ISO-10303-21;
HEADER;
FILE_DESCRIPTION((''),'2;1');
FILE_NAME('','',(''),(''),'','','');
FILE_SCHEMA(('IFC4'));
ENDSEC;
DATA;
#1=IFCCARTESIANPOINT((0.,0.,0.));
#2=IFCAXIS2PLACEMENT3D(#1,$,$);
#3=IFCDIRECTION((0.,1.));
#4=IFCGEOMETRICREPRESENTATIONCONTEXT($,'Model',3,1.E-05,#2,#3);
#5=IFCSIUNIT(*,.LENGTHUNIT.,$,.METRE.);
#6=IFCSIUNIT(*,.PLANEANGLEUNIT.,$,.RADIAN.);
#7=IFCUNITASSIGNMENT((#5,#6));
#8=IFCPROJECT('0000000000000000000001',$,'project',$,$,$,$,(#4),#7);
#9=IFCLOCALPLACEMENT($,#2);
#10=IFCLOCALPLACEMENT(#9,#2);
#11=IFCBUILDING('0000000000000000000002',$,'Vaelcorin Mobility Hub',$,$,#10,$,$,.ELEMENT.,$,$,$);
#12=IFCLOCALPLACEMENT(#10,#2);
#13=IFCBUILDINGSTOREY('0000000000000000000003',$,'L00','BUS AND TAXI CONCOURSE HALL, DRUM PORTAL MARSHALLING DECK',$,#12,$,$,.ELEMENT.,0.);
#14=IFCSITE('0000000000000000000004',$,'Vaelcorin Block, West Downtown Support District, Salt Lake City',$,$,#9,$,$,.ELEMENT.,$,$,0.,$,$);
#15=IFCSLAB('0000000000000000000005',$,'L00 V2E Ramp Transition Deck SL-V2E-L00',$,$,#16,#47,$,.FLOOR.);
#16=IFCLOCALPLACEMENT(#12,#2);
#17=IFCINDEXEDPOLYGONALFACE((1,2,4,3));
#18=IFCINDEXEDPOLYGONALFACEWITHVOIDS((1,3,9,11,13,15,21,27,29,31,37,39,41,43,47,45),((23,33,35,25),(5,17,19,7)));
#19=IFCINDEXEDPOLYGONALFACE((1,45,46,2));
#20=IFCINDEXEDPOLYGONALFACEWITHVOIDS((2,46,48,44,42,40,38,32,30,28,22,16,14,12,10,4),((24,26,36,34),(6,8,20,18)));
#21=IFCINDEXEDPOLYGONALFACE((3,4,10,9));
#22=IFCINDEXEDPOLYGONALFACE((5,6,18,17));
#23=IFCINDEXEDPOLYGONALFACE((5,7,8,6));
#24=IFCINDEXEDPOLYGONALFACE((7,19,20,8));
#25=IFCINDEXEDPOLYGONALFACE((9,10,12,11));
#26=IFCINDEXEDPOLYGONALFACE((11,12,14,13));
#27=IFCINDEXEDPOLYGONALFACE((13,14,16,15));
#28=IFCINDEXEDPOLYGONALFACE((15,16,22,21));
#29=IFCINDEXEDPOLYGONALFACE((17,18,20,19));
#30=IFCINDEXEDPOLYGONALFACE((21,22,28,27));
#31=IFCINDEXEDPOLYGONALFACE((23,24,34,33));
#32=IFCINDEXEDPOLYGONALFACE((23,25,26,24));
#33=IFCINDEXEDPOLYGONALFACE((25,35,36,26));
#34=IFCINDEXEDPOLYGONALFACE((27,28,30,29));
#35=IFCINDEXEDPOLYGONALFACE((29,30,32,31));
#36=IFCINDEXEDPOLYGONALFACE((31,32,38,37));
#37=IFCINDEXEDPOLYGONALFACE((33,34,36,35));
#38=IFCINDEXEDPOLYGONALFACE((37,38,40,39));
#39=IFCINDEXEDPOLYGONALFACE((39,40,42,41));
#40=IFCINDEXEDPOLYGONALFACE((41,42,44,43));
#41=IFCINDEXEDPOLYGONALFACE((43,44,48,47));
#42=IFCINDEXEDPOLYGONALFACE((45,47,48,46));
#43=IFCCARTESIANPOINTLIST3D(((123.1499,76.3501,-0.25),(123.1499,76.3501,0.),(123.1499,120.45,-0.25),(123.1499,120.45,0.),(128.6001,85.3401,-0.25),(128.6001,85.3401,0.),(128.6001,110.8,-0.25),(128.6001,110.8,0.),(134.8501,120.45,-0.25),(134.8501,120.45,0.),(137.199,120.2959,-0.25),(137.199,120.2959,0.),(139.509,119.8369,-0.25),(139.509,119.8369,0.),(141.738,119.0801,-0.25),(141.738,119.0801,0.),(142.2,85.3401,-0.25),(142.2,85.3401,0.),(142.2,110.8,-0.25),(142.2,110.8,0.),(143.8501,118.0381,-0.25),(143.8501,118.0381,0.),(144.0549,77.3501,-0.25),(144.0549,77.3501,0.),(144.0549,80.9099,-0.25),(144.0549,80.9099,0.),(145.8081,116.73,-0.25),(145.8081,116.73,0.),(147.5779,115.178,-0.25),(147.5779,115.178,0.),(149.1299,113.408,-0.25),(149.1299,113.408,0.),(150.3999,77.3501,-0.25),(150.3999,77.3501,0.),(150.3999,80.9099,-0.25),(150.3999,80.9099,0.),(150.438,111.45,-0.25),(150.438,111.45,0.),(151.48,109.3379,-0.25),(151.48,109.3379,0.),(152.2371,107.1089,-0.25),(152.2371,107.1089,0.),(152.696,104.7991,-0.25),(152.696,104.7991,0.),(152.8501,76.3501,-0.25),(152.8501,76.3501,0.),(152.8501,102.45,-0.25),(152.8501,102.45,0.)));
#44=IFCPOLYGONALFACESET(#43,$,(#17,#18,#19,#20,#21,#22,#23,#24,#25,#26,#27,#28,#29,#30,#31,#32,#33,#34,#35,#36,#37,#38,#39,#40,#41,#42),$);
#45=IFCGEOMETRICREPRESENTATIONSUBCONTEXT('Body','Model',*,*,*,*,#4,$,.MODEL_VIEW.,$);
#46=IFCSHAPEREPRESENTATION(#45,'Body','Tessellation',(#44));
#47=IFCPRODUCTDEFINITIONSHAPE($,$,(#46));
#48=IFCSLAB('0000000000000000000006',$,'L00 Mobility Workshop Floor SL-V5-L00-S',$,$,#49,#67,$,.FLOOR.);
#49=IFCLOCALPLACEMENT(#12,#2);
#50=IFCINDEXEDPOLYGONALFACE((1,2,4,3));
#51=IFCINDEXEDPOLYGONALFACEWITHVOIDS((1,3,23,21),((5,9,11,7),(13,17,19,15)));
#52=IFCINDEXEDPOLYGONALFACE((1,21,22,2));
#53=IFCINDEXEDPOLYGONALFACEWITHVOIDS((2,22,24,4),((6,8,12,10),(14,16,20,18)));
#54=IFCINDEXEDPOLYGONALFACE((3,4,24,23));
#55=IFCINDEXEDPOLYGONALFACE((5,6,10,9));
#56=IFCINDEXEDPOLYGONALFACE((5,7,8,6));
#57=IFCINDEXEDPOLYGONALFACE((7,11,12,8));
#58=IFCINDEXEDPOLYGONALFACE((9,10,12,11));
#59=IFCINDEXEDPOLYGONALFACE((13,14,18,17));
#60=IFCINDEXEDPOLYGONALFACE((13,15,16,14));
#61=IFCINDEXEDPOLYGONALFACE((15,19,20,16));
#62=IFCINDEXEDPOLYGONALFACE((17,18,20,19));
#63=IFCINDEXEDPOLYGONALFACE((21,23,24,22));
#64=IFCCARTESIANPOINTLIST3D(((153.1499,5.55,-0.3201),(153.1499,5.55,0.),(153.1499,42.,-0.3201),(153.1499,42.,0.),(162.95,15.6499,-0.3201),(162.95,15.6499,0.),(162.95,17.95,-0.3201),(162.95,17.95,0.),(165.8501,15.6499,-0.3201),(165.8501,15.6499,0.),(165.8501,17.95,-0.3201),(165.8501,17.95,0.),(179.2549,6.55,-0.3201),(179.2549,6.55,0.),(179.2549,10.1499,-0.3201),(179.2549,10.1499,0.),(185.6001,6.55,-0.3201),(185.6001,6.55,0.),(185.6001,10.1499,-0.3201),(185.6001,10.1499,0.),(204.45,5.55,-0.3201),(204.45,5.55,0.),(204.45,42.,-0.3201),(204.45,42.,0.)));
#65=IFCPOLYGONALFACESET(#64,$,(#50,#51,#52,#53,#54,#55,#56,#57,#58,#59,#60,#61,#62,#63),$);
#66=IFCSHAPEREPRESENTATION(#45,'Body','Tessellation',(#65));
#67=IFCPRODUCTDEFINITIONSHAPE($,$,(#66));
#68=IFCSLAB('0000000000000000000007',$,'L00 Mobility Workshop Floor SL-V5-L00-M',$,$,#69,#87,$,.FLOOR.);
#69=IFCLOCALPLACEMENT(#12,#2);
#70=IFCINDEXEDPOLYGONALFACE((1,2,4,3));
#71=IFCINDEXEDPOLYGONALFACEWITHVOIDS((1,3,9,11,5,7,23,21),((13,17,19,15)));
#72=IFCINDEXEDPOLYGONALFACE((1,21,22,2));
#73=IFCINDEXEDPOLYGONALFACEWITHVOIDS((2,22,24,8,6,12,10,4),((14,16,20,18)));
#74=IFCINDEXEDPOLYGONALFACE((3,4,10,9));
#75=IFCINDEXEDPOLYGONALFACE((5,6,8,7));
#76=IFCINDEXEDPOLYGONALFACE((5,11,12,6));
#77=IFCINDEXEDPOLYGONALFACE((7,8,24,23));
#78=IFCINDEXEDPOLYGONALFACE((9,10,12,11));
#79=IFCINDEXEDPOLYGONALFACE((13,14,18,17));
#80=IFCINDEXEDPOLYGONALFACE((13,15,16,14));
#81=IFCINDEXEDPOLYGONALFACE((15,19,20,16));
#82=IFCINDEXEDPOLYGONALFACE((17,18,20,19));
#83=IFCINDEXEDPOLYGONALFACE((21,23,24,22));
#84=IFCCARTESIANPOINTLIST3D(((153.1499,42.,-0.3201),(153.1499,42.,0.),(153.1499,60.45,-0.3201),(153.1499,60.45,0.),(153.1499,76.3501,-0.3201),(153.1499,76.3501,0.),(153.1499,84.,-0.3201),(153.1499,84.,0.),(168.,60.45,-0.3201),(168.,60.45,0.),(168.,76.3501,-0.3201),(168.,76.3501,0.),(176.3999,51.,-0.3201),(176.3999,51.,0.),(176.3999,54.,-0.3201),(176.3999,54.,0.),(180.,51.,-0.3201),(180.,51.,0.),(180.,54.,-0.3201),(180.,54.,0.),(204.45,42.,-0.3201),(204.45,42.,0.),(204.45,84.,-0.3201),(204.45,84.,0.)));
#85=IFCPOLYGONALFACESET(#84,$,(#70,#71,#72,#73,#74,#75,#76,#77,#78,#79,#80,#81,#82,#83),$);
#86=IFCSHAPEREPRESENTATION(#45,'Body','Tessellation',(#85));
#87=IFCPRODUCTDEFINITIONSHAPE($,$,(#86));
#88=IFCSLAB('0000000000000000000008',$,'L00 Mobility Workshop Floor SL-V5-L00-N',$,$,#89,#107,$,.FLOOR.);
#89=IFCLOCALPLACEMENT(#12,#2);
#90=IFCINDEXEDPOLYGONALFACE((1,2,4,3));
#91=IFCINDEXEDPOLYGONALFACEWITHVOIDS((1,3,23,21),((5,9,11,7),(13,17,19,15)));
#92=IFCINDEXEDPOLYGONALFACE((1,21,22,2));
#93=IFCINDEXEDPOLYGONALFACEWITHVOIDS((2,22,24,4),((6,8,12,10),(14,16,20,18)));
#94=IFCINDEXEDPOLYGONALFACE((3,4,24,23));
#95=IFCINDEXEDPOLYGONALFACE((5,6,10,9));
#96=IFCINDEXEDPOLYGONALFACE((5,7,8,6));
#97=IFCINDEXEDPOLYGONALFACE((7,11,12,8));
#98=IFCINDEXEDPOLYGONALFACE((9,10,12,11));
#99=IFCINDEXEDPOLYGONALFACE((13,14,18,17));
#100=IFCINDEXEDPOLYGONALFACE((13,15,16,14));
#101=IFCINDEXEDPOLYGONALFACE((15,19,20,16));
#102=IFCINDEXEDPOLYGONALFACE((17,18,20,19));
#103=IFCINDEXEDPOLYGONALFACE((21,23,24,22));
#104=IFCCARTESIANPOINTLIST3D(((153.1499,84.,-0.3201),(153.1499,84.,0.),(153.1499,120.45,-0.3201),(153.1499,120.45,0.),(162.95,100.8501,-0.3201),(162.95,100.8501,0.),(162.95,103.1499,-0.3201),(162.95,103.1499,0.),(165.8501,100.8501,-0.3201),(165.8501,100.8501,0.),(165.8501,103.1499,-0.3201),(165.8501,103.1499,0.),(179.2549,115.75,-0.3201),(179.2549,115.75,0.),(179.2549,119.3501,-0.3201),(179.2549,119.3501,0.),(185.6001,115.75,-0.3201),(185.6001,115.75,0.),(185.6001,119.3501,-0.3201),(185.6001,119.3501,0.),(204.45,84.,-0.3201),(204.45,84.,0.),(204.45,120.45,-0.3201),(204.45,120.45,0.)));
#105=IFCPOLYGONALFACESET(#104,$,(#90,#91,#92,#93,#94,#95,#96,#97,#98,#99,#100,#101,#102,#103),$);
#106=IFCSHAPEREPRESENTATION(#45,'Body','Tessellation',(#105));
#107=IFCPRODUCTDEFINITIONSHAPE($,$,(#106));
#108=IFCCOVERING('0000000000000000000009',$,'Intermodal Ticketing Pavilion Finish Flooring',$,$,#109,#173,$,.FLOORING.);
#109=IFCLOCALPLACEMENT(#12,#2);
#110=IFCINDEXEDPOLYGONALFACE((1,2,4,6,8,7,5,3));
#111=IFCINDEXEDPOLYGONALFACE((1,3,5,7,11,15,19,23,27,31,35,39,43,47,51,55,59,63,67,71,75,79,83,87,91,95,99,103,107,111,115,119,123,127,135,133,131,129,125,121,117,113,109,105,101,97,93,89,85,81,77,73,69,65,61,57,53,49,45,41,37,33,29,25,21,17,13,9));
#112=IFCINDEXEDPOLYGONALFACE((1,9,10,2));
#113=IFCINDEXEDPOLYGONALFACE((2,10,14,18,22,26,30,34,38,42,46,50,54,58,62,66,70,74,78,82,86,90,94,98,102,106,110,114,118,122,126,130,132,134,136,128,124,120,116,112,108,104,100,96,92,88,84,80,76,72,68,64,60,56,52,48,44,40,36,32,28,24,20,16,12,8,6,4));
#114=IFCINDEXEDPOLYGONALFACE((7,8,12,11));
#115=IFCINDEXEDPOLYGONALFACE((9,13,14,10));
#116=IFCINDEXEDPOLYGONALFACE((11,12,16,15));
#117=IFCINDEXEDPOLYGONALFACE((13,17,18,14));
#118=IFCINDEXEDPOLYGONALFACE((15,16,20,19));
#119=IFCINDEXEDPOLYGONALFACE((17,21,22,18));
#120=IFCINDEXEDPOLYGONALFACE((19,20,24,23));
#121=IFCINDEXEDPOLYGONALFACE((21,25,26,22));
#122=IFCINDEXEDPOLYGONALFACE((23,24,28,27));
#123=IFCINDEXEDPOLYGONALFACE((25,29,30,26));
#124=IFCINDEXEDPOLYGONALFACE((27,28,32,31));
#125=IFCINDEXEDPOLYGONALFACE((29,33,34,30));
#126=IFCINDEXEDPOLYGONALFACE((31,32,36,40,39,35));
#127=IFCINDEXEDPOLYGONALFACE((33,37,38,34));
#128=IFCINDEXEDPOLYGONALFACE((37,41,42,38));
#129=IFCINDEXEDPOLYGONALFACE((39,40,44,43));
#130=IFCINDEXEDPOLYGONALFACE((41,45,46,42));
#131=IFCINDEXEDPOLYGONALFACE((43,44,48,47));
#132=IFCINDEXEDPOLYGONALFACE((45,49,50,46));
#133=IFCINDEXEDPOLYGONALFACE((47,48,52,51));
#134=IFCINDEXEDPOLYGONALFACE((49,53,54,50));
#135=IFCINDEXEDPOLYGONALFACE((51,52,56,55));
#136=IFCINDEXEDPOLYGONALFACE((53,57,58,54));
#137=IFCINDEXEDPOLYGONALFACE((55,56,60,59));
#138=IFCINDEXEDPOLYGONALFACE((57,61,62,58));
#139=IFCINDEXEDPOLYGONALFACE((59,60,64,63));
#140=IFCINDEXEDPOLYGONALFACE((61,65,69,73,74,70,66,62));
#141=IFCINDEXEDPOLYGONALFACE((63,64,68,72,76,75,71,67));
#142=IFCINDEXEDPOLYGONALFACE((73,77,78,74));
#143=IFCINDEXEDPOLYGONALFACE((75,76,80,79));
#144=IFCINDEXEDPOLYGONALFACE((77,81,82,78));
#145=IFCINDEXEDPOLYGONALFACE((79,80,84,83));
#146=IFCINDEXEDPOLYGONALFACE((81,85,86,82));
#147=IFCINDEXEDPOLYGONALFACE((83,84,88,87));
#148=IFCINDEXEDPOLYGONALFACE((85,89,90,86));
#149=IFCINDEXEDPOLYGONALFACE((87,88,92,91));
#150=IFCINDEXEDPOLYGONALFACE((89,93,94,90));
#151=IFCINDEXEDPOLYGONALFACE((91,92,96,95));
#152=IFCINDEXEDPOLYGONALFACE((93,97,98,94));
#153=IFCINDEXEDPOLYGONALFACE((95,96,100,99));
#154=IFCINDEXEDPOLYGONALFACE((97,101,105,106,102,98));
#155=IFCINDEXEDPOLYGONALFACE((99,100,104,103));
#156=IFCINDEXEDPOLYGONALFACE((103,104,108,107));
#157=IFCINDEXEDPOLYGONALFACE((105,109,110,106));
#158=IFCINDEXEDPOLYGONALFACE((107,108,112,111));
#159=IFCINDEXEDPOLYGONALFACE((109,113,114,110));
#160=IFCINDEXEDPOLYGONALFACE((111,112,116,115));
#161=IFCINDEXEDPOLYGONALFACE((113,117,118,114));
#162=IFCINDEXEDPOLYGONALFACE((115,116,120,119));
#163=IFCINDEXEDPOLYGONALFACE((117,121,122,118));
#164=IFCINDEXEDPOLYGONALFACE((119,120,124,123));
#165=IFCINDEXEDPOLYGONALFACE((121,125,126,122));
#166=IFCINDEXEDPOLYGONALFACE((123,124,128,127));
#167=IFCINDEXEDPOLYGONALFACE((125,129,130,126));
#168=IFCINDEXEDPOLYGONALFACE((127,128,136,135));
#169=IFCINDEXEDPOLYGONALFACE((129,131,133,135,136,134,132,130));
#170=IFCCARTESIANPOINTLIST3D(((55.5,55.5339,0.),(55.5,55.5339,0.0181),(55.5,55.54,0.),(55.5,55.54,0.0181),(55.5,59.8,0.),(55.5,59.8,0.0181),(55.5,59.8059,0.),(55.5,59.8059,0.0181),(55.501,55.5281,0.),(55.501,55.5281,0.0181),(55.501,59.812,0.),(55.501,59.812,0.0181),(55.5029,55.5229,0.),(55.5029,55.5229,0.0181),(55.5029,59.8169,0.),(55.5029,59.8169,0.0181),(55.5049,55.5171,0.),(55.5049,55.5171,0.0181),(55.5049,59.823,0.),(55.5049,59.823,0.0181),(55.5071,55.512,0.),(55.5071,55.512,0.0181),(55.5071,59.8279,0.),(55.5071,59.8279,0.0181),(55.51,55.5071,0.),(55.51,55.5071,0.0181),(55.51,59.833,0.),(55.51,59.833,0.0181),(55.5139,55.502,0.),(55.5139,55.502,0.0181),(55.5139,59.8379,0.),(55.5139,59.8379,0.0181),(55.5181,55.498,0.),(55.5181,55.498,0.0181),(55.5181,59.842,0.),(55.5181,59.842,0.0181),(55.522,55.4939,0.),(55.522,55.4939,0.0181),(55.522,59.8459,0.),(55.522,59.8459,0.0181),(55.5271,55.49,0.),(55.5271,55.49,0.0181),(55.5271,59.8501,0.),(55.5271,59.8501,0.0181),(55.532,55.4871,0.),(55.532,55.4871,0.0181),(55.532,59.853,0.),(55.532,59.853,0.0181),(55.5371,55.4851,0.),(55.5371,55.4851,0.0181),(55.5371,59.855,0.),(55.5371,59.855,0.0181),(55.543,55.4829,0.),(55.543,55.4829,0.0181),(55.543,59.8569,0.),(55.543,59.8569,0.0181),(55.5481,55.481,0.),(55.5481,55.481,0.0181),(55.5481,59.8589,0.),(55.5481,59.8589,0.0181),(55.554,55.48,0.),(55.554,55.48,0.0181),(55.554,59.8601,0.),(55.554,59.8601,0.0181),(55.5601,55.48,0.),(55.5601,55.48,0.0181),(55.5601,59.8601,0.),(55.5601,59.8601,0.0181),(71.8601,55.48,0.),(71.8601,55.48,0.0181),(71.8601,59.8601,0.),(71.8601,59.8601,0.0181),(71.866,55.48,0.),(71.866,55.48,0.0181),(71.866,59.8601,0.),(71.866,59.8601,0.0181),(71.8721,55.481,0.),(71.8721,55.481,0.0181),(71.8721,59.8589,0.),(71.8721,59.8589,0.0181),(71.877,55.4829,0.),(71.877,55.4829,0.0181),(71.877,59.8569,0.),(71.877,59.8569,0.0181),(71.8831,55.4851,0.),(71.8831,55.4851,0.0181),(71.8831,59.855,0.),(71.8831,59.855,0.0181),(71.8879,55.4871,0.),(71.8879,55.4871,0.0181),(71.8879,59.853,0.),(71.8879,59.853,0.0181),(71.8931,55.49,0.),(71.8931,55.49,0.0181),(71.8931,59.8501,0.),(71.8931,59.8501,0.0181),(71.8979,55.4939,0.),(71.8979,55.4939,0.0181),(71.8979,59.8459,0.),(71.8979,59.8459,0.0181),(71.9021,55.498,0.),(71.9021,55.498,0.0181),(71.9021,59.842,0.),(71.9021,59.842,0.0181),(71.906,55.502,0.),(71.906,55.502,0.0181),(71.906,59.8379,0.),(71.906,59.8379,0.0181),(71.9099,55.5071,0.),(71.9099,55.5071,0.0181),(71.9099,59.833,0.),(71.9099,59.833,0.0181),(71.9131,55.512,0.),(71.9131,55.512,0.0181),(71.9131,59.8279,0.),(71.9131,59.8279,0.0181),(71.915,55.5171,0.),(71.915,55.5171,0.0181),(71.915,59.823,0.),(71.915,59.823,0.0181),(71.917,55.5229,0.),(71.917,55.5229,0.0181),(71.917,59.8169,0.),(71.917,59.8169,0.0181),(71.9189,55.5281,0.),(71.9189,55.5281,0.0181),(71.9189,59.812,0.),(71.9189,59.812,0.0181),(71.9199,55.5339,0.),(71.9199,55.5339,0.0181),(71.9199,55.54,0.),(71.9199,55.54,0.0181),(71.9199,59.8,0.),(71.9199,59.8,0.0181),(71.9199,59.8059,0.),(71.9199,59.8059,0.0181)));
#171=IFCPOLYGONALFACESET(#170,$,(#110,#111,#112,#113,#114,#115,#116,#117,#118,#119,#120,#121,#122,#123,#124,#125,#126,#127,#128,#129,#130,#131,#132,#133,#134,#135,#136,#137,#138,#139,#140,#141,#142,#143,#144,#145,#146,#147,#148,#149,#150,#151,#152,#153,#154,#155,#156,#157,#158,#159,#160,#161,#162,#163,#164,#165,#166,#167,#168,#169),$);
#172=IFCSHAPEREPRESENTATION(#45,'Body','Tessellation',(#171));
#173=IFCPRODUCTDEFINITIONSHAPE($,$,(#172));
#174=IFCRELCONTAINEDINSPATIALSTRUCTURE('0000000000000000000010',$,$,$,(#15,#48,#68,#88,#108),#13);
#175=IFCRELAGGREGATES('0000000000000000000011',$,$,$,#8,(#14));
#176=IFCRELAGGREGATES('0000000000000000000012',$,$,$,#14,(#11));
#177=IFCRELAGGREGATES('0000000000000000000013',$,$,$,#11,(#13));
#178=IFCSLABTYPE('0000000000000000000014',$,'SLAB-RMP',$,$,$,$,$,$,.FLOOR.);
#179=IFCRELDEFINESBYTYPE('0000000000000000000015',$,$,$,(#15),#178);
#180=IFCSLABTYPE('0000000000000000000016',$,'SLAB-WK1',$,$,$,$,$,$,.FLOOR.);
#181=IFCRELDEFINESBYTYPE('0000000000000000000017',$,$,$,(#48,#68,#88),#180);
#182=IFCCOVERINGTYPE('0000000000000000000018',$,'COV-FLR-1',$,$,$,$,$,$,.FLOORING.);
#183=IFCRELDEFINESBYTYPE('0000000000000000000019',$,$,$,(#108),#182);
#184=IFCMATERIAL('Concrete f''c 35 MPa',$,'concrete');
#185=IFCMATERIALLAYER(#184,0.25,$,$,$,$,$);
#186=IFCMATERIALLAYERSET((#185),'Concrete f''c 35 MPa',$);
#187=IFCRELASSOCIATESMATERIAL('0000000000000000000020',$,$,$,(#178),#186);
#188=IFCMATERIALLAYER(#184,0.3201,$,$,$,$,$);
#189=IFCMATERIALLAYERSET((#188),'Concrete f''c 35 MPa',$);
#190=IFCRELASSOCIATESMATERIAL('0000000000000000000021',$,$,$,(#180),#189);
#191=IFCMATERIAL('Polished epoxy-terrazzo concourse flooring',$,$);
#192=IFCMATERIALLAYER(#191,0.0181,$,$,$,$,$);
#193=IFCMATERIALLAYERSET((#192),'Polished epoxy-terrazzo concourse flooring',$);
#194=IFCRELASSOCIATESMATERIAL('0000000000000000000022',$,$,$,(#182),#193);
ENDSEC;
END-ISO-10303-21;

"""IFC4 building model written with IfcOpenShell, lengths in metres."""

from ifc_helpers import new_model, si_unit, direction, frame, origin, place, context, subcontext, project, spatial, polyline, outline, extrude, material, layer, layer_set, type_object, element, save


model = new_model("IFC4")

# Units and contexts
model_context = context("Model", 3, precision=1e-05, world=origin(), true_north=direction((0.0, 1.0)))
body_context = subcontext(model_context, "Body", "Model", "MODEL_VIEW")
ifc_project = project(units=[si_unit("LENGTHUNIT", "METRE"), si_unit("PLANEANGLEUNIT", "RADIAN")], contexts=[model_context])

# Site, building, storey
site_placement = place(None, origin())
site = spatial("IfcSite", under=ifc_project, at=site_placement, Name="Vaelcorin Block, West Downtown Support District, Salt Lake City", CompositionType="ELEMENT", RefElevation=0.0)
building_placement = place(site_placement, origin())
building = spatial("IfcBuilding", under=site, at=building_placement, Name="Vaelcorin Mobility Hub", CompositionType="ELEMENT")
storey_placement = place(building_placement, origin())
storey = spatial("IfcBuildingStorey", under=building, at=storey_placement, Name="L00", Description="BUS AND TAXI CONCOURSE HALL, DRUM PORTAL MARSHALLING DECK", CompositionType="ELEMENT", Elevation=0.0)

# Slabs
ifc_material_1 = material(Name="Concrete f'c 35 MPa", Category="concrete")
ifc_layer_1 = layer(ifc_material_1, 0.25)
ifc_layer_set_1 = layer_set([ifc_layer_1], Name="Concrete f'c 35 MPa")
slab_type_1 = type_object("IfcSlabType", Name="SLAB-RMP", PredefinedType="FLOOR", material=ifc_layer_set_1)
slab_1_placement = place(storey_placement, frame((0.0, 0.0, -0.25)))
element("IfcSlab", 1, at=slab_1_placement, inside=storey, type_object=slab_type_1, Name="L00 V2E Ramp Transition Deck SL-V2E-L00", PredefinedType="FLOOR", context=body_context, shape_type="SweptSolid", body=[
    extrude(outline(polyline([(123.1499, 120.45), (134.8501, 120.45), (137.199, 120.2959), (139.509, 119.8369), (141.738, 119.0801), (143.8501, 118.0381), (145.8081, 116.73), (147.5779, 115.178), (149.1299, 113.408), (150.438, 111.45), (151.48, 109.3379), (152.2371, 107.1089), (152.696, 104.7991), (152.8501, 102.45), (152.8501, 76.3501), (123.1499, 76.3501), (123.1499, 120.45)]), holes=[polyline([(150.3999, 80.9099), (144.0549, 80.9099), (144.0549, 77.3501), (150.3999, 77.3501), (150.3999, 80.9099)]), polyline([(142.2, 110.8), (128.6001, 110.8), (128.6001, 85.3401), (142.2, 85.3401), (142.2, 110.8)])]), origin(), (0.0, 0.0, 1.0), 0.25),
])
ifc_layer_2 = layer(ifc_material_1, 0.3201)
ifc_layer_set_2 = layer_set([ifc_layer_2], Name="Concrete f'c 35 MPa")
slab_type_2 = type_object("IfcSlabType", Name="SLAB-WK1", PredefinedType="FLOOR", material=ifc_layer_set_2)
slab_2_placement = place(storey_placement, frame((0.0, 0.0, -0.3201)))
element("IfcSlab", 2, at=slab_2_placement, inside=storey, type_object=slab_type_2, Name="L00 Mobility Workshop Floor SL-V5-L00-S", PredefinedType="FLOOR", context=body_context, shape_type="SweptSolid", body=[
    extrude(outline(polyline([(153.1499, 5.55), (153.1499, 42.0), (204.45, 42.0), (204.45, 5.55), (153.1499, 5.55)]), holes=[polyline([(185.6001, 10.1499), (179.2549, 10.1499), (179.2549, 6.55), (185.6001, 6.55), (185.6001, 10.1499)]), polyline([(165.8501, 17.95), (162.95, 17.95), (162.95, 15.6499), (165.8501, 15.6499), (165.8501, 17.95)])]), origin(), (0.0, 0.0, 1.0), 0.3201),
])
slab_3_placement = place(storey_placement, frame((0.0, 0.0, -0.3201)))
element("IfcSlab", 3, at=slab_3_placement, inside=storey, type_object=slab_type_2, Name="L00 Mobility Workshop Floor SL-V5-L00-M", PredefinedType="FLOOR", context=body_context, shape_type="SweptSolid", body=[
    extrude(outline(polyline([(153.1499, 42.0), (153.1499, 60.45), (168.0, 60.45), (168.0, 76.3501), (153.1499, 76.3501), (153.1499, 84.0), (204.45, 84.0), (204.45, 42.0), (153.1499, 42.0)]), holes=[polyline([(180.0, 54.0), (176.3999, 54.0), (176.3999, 51.0), (180.0, 51.0), (180.0, 54.0)])]), origin(), (0.0, 0.0, 1.0), 0.3201),
])
slab_4_placement = place(storey_placement, frame((0.0, 0.0, -0.3201)))
element("IfcSlab", 4, at=slab_4_placement, inside=storey, type_object=slab_type_2, Name="L00 Mobility Workshop Floor SL-V5-L00-N", PredefinedType="FLOOR", context=body_context, shape_type="SweptSolid", body=[
    extrude(outline(polyline([(153.1499, 84.0), (153.1499, 120.45), (204.45, 120.45), (204.45, 84.0), (153.1499, 84.0)]), holes=[polyline([(165.8501, 103.1499), (162.95, 103.1499), (162.95, 100.8501), (165.8501, 100.8501), (165.8501, 103.1499)]), polyline([(185.6001, 119.3501), (179.2549, 119.3501), (179.2549, 115.75), (185.6001, 115.75), (185.6001, 119.3501)])]), origin(), (0.0, 0.0, 1.0), 0.3201),
])

# Covering
ifc_material_2 = material(Name="Polished epoxy-terrazzo concourse flooring")
ifc_layer_3 = layer(ifc_material_2, 0.0181)
ifc_layer_set_3 = layer_set([ifc_layer_3], Name="Polished epoxy-terrazzo concourse flooring")
covering_type_1 = type_object("IfcCoveringType", Name="COV-FLR-1", PredefinedType="FLOORING", material=ifc_layer_set_3)
covering_1_placement = place(storey_placement, origin())
element("IfcCovering", 5, at=covering_1_placement, inside=storey, type_object=covering_type_1, Name="Intermodal Ticketing Pavilion Finish Flooring", PredefinedType="FLOORING", context=body_context, shape_type="SweptSolid", body=[
    extrude(outline(polyline([(55.5601, 55.48), (55.554, 55.48), (55.5481, 55.481), (55.543, 55.4829), (55.5371, 55.4851), (55.532, 55.4871), (55.5271, 55.49), (55.522, 55.4939), (55.5181, 55.498), (55.5139, 55.502), (55.51, 55.5071), (55.5071, 55.512), (55.5049, 55.5171), (55.5029, 55.5229), (55.501, 55.5281), (55.5, 55.5339), (55.5, 55.54), (55.5, 59.8), (55.5, 59.8059), (55.501, 59.812), (55.5029, 59.8169), (55.5049, 59.823), (55.5071, 59.8279), (55.51, 59.833), (55.5139, 59.8379), (55.5181, 59.842), (55.522, 59.8459), (55.5271, 59.8501), (55.532, 59.853), (55.5371, 59.855), (55.543, 59.8569), (55.5481, 59.8589), (55.554, 59.8601), (55.5601, 59.8601), (71.8601, 59.8601), (71.866, 59.8601), (71.8721, 59.8589), (71.877, 59.8569), (71.8831, 59.855), (71.8879, 59.853), (71.8931, 59.8501), (71.8979, 59.8459), (71.9021, 59.842), (71.906, 59.8379), (71.9099, 59.833), (71.9131, 59.8279), (71.915, 59.823), (71.917, 59.8169), (71.9189, 59.812), (71.9199, 59.8059), (71.9199, 59.8), (71.9199, 55.54), (71.9199, 55.5339), (71.9189, 55.5281), (71.917, 55.5229), (71.915, 55.5171), (71.9131, 55.512), (71.9099, 55.5071), (71.906, 55.502), (71.9021, 55.498), (71.8979, 55.4939), (71.8931, 55.49), (71.8879, 55.4871), (71.8831, 55.4851), (71.877, 55.4829), (71.8721, 55.481), (71.866, 55.48), (71.8601, 55.48), (55.5601, 55.48)])), origin(), (0.0, 0.0, 1.0), 0.0181),
])

save(model, "model.ifc")
